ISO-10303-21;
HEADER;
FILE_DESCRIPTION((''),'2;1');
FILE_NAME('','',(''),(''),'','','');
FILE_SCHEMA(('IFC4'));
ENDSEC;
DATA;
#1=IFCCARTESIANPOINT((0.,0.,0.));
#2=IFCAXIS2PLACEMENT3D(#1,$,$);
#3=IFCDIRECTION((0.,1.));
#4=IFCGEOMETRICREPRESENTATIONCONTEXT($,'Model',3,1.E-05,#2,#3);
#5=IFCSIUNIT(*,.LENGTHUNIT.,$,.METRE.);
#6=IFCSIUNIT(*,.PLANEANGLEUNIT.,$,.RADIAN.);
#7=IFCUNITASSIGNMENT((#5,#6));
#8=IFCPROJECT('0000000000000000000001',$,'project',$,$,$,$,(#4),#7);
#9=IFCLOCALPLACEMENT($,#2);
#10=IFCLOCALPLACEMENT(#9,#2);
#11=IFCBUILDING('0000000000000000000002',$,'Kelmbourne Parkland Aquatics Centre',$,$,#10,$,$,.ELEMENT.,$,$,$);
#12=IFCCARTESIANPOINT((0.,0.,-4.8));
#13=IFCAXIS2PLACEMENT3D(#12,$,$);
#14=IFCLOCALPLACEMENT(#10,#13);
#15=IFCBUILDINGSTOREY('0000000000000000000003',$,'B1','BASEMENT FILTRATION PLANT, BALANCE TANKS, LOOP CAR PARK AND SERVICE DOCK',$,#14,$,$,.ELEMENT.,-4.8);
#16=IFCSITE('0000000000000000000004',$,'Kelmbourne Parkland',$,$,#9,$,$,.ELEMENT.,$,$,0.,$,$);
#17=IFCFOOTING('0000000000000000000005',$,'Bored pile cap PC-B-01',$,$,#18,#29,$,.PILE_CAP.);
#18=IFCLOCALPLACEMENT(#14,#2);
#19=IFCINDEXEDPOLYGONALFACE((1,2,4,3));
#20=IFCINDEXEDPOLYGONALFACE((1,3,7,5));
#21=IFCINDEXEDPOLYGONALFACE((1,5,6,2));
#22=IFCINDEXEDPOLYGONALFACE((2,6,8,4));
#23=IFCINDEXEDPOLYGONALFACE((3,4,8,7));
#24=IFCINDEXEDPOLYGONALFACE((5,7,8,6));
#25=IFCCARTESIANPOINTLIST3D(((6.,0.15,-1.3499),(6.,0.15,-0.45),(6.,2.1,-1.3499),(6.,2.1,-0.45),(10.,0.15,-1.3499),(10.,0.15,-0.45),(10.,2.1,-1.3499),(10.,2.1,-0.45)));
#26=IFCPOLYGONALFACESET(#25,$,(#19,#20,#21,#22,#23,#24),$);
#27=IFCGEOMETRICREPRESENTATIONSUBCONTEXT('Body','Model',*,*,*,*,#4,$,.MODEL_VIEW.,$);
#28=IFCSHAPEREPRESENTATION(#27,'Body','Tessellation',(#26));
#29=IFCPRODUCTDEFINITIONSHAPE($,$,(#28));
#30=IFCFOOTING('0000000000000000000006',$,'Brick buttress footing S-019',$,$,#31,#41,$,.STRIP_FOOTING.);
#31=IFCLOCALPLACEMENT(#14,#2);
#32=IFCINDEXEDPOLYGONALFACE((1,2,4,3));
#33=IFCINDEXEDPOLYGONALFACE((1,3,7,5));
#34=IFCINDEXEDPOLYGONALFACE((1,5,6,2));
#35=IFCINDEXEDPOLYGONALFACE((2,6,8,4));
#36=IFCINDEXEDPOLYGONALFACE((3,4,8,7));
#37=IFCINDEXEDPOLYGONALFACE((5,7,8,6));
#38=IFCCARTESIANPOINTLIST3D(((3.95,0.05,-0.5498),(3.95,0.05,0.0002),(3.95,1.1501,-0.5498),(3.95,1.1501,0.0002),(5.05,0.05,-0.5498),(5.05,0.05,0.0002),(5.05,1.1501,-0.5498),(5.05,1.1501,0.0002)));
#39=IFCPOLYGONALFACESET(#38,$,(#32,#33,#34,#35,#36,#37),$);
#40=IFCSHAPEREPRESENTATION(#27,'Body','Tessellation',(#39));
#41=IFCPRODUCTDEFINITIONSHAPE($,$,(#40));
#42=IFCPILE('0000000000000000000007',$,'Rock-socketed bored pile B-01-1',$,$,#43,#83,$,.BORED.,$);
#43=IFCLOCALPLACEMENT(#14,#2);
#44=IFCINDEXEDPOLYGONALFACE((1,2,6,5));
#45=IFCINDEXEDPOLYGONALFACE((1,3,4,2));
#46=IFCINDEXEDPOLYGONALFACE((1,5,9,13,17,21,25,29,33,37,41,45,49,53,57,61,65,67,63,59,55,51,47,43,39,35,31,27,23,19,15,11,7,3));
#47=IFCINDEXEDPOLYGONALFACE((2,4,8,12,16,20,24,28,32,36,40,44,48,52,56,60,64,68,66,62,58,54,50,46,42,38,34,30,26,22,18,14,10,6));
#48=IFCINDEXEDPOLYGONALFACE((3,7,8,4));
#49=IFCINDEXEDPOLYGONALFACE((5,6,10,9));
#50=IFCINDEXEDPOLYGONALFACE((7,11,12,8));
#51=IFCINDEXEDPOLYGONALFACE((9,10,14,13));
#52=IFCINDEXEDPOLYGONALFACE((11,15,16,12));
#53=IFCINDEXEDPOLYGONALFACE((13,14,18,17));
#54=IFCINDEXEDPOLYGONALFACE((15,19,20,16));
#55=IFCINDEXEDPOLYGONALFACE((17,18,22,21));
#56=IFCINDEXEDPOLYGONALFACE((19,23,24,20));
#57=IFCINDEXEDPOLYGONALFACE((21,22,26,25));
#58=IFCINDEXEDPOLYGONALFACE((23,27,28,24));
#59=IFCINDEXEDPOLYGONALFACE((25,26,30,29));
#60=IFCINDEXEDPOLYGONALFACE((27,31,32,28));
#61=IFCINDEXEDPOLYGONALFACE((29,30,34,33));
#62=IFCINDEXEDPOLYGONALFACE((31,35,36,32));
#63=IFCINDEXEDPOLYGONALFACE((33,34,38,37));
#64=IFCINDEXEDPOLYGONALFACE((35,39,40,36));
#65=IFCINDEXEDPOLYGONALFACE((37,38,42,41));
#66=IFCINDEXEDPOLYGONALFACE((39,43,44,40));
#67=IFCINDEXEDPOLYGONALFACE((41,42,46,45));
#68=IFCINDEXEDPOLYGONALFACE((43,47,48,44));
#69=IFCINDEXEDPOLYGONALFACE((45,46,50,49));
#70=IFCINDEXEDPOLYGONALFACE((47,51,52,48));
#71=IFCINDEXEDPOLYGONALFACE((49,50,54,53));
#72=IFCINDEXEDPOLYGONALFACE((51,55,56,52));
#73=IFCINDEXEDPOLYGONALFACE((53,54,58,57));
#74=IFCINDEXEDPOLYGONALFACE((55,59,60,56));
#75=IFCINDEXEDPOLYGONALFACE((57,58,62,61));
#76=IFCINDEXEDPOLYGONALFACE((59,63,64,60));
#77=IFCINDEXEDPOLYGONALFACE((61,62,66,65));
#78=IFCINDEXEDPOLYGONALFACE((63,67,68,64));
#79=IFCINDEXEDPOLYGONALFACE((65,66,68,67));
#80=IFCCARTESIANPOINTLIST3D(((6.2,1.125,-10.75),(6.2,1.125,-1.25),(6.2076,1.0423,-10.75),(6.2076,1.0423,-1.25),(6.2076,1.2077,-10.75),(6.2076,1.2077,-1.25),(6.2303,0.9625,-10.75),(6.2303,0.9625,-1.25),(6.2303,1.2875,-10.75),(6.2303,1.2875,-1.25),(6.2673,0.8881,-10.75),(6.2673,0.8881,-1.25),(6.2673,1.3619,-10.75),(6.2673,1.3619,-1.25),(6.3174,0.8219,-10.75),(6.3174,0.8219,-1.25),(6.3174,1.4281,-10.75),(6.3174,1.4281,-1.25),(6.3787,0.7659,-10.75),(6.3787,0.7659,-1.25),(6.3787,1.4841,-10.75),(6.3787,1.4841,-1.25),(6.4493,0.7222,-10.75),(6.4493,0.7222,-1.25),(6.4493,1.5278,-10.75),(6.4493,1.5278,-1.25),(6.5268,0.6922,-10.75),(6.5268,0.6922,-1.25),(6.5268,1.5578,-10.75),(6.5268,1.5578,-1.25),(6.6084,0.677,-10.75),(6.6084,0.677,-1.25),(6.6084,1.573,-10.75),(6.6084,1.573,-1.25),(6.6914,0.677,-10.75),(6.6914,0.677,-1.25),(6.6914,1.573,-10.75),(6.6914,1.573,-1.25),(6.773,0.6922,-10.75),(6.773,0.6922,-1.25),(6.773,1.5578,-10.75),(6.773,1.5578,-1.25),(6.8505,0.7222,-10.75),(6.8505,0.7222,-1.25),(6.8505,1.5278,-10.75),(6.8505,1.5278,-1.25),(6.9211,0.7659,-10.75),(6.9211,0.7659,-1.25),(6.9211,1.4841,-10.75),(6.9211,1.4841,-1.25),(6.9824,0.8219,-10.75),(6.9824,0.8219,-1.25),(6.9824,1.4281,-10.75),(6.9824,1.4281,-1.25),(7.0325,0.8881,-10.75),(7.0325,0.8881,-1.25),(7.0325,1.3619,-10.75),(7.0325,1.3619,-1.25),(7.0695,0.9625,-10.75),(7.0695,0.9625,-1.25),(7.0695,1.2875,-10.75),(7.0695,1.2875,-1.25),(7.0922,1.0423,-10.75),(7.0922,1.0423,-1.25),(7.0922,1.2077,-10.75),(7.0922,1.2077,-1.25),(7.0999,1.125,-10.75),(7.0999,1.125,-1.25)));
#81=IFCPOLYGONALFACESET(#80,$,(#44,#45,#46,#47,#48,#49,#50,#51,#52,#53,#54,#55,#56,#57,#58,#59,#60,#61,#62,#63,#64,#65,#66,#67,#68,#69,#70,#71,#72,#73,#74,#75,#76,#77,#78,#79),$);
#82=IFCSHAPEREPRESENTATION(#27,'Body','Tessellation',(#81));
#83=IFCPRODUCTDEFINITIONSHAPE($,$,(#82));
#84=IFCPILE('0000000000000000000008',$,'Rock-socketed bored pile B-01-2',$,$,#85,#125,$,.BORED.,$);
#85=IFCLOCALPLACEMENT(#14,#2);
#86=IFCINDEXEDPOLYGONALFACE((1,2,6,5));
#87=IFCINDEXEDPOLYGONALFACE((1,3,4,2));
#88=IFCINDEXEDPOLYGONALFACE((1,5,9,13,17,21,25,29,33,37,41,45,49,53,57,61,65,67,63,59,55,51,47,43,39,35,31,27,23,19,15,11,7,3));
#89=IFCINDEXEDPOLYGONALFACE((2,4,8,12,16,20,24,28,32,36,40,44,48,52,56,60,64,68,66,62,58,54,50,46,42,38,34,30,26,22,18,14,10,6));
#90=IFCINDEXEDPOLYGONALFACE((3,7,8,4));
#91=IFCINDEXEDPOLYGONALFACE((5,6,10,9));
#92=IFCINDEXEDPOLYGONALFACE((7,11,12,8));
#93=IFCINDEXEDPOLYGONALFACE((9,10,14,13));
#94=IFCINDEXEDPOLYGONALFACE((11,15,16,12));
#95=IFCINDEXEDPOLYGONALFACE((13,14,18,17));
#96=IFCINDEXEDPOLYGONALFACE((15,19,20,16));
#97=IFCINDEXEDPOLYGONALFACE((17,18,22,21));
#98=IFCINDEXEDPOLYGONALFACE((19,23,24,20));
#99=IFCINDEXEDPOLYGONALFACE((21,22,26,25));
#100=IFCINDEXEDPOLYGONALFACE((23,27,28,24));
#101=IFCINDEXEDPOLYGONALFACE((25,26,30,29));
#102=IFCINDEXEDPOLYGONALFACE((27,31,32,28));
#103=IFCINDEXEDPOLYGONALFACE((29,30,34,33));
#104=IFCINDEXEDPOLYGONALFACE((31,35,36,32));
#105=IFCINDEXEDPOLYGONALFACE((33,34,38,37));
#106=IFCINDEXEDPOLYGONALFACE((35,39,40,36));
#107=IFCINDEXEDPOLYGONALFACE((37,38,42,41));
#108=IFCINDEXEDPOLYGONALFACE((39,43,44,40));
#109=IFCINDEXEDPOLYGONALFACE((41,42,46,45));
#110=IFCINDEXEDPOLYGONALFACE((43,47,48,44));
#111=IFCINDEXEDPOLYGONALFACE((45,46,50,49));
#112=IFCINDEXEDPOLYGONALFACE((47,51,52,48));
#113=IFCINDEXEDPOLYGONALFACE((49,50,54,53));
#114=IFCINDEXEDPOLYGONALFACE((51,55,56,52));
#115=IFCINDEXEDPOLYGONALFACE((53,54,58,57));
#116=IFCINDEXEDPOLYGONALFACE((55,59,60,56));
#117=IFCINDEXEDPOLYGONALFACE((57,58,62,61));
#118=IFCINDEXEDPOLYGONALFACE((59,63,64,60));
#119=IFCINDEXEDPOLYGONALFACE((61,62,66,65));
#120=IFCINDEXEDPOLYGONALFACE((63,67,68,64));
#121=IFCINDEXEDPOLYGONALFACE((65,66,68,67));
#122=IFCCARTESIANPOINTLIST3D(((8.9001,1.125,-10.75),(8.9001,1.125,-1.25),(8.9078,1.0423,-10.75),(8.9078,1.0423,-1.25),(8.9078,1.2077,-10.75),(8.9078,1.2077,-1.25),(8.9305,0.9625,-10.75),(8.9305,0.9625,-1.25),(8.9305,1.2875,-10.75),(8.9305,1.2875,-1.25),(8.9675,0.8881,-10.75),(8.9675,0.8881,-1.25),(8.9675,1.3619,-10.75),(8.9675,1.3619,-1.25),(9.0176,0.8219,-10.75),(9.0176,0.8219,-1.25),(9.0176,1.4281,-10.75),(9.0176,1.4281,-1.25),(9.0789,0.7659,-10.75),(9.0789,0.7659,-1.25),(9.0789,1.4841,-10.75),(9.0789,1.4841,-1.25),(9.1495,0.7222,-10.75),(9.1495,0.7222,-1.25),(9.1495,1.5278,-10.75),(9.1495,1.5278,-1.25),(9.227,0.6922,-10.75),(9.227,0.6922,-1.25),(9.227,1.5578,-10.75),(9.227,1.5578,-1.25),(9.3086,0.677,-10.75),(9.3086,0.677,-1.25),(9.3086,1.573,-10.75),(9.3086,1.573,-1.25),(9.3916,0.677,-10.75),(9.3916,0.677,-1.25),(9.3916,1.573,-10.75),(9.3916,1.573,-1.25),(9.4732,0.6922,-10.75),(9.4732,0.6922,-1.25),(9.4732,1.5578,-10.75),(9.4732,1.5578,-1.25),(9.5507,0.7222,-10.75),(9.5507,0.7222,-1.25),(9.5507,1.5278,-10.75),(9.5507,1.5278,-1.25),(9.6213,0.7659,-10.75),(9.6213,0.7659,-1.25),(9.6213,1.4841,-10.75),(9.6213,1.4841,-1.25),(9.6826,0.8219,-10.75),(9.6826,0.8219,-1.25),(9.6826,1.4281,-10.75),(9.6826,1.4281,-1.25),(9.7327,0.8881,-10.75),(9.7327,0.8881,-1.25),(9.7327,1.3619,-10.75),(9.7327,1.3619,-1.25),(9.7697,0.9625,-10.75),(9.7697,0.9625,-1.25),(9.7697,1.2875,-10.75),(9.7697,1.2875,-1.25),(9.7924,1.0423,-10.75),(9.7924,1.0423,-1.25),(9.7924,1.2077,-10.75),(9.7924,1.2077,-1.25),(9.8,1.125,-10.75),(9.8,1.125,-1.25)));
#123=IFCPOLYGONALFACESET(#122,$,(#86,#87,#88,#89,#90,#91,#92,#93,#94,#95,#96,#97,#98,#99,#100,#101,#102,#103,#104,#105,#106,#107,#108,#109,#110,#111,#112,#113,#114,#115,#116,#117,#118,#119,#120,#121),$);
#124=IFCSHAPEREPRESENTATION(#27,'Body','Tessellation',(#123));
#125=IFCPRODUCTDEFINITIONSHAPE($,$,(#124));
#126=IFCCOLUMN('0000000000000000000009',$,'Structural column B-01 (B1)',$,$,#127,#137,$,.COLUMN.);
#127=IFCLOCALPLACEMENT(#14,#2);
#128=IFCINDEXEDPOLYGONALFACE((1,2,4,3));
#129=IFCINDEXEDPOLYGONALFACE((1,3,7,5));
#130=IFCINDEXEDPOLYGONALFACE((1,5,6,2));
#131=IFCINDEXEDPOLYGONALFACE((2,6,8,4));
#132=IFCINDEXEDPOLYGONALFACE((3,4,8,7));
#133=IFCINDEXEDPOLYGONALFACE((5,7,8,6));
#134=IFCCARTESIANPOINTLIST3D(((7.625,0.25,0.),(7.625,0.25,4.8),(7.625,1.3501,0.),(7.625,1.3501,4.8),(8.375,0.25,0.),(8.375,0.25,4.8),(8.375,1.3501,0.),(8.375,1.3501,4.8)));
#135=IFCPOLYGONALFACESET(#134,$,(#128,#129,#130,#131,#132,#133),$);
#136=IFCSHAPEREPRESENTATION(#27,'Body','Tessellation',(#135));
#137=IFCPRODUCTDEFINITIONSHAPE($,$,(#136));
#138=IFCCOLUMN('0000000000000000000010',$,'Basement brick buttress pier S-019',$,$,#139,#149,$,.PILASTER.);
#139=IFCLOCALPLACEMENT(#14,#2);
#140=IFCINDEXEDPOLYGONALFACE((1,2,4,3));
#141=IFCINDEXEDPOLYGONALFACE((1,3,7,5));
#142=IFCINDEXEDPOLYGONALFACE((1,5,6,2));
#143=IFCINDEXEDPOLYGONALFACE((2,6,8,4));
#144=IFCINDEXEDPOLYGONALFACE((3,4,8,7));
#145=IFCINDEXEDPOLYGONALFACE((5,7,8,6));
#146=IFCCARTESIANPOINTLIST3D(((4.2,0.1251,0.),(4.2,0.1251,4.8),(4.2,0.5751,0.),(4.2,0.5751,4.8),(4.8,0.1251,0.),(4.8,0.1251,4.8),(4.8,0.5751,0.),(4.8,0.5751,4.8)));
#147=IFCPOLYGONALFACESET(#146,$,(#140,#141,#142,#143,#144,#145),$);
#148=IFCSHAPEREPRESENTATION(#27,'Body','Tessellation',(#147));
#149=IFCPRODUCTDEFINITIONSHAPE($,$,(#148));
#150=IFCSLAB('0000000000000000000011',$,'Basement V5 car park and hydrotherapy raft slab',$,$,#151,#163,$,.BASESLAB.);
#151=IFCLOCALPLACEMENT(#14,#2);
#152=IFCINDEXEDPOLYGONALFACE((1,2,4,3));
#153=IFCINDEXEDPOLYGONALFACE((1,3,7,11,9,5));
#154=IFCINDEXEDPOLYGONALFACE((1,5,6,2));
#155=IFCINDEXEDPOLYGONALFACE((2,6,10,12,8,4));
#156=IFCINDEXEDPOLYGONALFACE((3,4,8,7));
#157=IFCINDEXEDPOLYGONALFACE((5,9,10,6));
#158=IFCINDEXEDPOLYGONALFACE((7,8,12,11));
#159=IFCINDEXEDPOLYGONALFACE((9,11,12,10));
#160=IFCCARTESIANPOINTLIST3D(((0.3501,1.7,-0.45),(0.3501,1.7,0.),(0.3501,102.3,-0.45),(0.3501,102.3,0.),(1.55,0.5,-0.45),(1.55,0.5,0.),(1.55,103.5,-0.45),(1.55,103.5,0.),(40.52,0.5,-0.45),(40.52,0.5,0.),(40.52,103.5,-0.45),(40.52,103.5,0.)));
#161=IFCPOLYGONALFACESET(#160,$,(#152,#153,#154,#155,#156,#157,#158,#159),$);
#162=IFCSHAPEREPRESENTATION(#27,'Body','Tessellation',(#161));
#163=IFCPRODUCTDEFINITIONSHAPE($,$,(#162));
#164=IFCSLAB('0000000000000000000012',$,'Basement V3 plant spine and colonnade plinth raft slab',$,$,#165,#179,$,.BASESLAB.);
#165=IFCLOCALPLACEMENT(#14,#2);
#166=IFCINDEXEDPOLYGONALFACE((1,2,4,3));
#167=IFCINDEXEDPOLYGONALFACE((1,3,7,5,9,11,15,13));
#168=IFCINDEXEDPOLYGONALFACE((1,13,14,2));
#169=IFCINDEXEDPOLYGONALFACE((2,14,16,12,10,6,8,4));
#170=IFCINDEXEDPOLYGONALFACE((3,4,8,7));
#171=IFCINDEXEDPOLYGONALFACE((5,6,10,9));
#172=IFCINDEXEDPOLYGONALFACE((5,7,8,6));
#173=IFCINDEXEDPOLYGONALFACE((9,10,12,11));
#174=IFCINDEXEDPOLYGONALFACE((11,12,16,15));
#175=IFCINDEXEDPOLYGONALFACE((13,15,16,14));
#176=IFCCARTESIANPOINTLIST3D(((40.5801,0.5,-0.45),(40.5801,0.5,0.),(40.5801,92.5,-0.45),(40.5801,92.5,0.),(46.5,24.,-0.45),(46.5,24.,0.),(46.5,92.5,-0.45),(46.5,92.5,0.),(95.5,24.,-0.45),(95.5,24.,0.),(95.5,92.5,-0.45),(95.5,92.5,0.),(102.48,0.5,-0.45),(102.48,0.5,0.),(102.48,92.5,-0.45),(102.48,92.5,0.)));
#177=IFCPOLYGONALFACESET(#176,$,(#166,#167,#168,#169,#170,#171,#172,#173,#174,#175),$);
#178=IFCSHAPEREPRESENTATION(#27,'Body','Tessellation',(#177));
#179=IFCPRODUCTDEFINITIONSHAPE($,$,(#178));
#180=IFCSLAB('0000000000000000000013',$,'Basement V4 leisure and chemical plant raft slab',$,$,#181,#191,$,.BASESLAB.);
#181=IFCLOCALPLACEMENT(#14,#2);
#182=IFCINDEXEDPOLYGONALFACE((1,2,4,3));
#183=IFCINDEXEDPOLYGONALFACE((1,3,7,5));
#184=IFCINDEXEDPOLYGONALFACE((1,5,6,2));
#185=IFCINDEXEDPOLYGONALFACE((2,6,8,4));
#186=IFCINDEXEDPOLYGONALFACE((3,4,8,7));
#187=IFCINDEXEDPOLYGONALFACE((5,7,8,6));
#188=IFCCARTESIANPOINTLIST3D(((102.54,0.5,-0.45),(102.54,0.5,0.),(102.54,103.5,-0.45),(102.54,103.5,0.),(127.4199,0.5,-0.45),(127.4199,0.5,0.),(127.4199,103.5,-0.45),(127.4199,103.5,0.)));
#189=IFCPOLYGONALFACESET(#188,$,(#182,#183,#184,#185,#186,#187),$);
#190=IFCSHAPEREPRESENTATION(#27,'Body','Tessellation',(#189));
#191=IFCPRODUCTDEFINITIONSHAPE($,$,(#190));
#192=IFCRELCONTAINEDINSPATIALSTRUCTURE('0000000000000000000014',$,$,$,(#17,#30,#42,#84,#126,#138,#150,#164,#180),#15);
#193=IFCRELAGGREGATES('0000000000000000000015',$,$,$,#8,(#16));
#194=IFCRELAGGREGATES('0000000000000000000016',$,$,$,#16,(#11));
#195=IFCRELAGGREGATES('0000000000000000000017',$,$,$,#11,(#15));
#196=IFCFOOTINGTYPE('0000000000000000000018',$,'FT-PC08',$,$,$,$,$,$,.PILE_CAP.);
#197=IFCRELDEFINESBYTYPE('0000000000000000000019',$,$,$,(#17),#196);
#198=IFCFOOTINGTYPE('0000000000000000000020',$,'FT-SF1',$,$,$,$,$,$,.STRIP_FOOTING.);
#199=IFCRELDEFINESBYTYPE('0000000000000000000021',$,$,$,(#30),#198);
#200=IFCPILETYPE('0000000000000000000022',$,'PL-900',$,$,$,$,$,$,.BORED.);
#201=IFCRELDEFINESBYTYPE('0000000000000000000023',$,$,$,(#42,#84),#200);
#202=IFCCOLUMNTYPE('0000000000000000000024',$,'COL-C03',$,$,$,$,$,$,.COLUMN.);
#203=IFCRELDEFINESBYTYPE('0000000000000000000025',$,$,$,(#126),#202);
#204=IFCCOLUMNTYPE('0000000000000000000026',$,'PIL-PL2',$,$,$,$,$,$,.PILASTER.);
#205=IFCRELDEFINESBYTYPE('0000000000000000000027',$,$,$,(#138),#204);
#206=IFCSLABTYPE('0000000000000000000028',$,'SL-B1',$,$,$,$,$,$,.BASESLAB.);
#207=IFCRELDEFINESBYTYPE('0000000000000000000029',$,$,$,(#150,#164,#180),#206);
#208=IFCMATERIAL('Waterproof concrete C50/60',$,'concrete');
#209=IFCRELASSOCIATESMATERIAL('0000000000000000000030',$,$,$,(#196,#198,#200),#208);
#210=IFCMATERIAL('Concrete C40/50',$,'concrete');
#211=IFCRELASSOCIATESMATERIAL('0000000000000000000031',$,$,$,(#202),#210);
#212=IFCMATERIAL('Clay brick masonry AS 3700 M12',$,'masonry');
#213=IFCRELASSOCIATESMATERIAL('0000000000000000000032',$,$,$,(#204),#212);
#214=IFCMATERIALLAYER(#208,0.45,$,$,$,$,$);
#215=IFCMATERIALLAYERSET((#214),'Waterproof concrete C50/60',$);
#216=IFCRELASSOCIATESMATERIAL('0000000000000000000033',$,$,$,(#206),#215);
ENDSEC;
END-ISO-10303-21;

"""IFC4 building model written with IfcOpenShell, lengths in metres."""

from ifc_helpers import new_model, si_unit, direction, frame, origin, origin_2d, place, context, subcontext, project, spatial, polyline, rectangle, circle, outline, extrude, material, layer, layer_set, material_profile, profile_set, type_object, element, save


model = new_model("IFC4")

# Units and contexts
model_context = context("Model", 3, precision=1e-05, world=origin(), true_north=direction((0.0, 1.0)))
body_context = subcontext(model_context, "Body", "Model", "MODEL_VIEW")
ifc_project = project(units=[si_unit("LENGTHUNIT", "METRE"), si_unit("PLANEANGLEUNIT", "RADIAN")], contexts=[model_context])

# Site, building, storey
site_placement = place(None, origin())
site = spatial("IfcSite", under=ifc_project, at=site_placement, Name="Kelmbourne Parkland", CompositionType="ELEMENT", RefElevation=0.0)
building_placement = place(site_placement, origin())
building = spatial("IfcBuilding", under=site, at=building_placement, Name="Kelmbourne Parkland Aquatics Centre", CompositionType="ELEMENT")
storey_placement = place(building_placement, frame((0.0, 0.0, -4.8)))
storey = spatial("IfcBuildingStorey", under=building, at=storey_placement, Name="B1", Description="BASEMENT FILTRATION PLANT, BALANCE TANKS, LOOP CAR PARK AND SERVICE DOCK", CompositionType="ELEMENT", Elevation=-4.8)

# Footings
ifc_material_1 = material(Name="Waterproof concrete C50/60", Category="concrete")
footing_type_1 = type_object("IfcFootingType", Name="FT-PC08", PredefinedType="PILE_CAP", material=ifc_material_1)
footing_1_placement = place(storey_placement, frame((8.0, 1.125, -1.3499), z_axis=(0.0, 0.0, 1.0), x_axis=(1.0, 0.0, 0.0)))
element("IfcFooting", 1, at=footing_1_placement, inside=storey, type_object=footing_type_1, Name="Bored pile cap PC-B-01", PredefinedType="PILE_CAP", context=body_context, shape_type="SweptSolid", body=[
    extrude(rectangle(XDim=4.0, YDim=1.95, at=origin_2d()), origin(), (0.0, 0.0, 1.0), 0.8999),
])
footing_type_2 = type_object("IfcFootingType", Name="FT-SF1", PredefinedType="STRIP_FOOTING", material=ifc_material_1)
footing_2_placement = place(storey_placement, frame((4.5, 0.6001, -0.5498), z_axis=(0.0, 0.0, 1.0), x_axis=(1.0, 0.0, 0.0)))
element("IfcFooting", 2, at=footing_2_placement, inside=storey, type_object=footing_type_2, Name="Brick buttress footing S-019", PredefinedType="STRIP_FOOTING", context=body_context, shape_type="SweptSolid", body=[
    extrude(rectangle(XDim=1.1001, YDim=1.1001, at=origin_2d()), origin(), (0.0, 0.0, 1.0), 0.55),
])

# Piles
ifc_material_profile_1 = material_profile(ifc_material_1, circle(Radius=0.45, at=origin_2d()), Name="PILE D900")
ifc_profile_set_1 = profile_set([ifc_material_profile_1], Name="Waterproof concrete C50/60")
pile_type = type_object("IfcPileType", Name="PL-900", PredefinedType="BORED", material=ifc_profile_set_1)
for number, where, z_axis, x_axis, name in (
    (3, (6.6499, 1.125, -1.25), (0.0, 0.0, -1.0), (1.0, 0.0, 0.0), "Rock-socketed bored pile B-01-1"),
    (4, (9.3501, 1.125, -1.25), (0.0, 0.0, -1.0), (1.0, 0.0, 0.0), "Rock-socketed bored pile B-01-2"),
):
    element("IfcPile", number, at=place(storey_placement, frame(where, z_axis=z_axis, x_axis=x_axis)), inside=storey, type_object=pile_type, Name=name, PredefinedType="BORED", context=body_context, shape_type="SweptSolid", body=[
        extrude(circle(Radius=0.45, at=origin_2d()), origin(), (0.0, 0.0, 1.0), 9.5),
    ])

# Columns
ifc_material_2 = material(Name="Concrete C40/50", Category="concrete")
ifc_material_profile_2 = material_profile(ifc_material_2, rectangle(XDim=0.75, YDim=1.1001, at=origin_2d()), Name="RC 750x1100")
ifc_profile_set_2 = profile_set([ifc_material_profile_2], Name="Concrete C40/50")
column_type_1 = type_object("IfcColumnType", Name="COL-C03", PredefinedType="COLUMN", material=ifc_profile_set_2)
column_1_placement = place(storey_placement, frame((8.0, 0.8, 0.0), z_axis=(0.0, 0.0, 1.0), x_axis=(1.0, 0.0, 0.0)))
element("IfcColumn", 5, at=column_1_placement, inside=storey, type_object=column_type_1, Name="Structural column B-01 (B1)", PredefinedType="COLUMN", context=body_context, shape_type="SweptSolid", body=[
    extrude(rectangle(XDim=0.75, YDim=1.1001, at=origin_2d()), origin(), (0.0, 0.0, 1.0), 4.8),
])
ifc_material_3 = material(Name="Clay brick masonry AS 3700 M12", Category="masonry")
ifc_material_profile_3 = material_profile(ifc_material_3, rectangle(XDim=0.45, YDim=0.6001, at=origin_2d()), Name="PIL 450x600")
ifc_profile_set_3 = profile_set([ifc_material_profile_3], Name="Clay brick masonry AS 3700 M12")
column_type_2 = type_object("IfcColumnType", Name="PIL-PL2", PredefinedType="PILASTER", material=ifc_profile_set_3)
column_2_placement = place(storey_placement, frame((4.5, 0.3501, 0.0), z_axis=(0.0, 0.0, 1.0), x_axis=(0.0, 1.0, 0.0)))
element("IfcColumn", 6, at=column_2_placement, inside=storey, type_object=column_type_2, Name="Basement brick buttress pier S-019", PredefinedType="PILASTER", context=body_context, shape_type="SweptSolid", body=[
    extrude(rectangle(XDim=0.45, YDim=0.6001, at=origin_2d()), origin(), (0.0, 0.0, 1.0), 4.8),
])

# Slabs
ifc_layer_1 = layer(ifc_material_1, 0.45)
ifc_layer_set_1 = layer_set([ifc_layer_1], Name="Waterproof concrete C50/60")
slab_type_1 = type_object("IfcSlabType", Name="SL-B1", PredefinedType="BASESLAB", material=ifc_layer_set_1)
slab_1_placement = place(storey_placement, frame((0.0, 0.0, -0.45)))
element("IfcSlab", 7, at=slab_1_placement, inside=storey, type_object=slab_type_1, Name="Basement V5 car park and hydrotherapy raft slab", PredefinedType="BASESLAB", context=body_context, shape_type="SweptSolid", body=[
    extrude(outline(polyline([(40.52, 103.5), (1.55, 103.5), (0.3501, 102.3), (0.3501, 1.7), (1.55, 0.5), (40.52, 0.5), (40.52, 103.5)])), origin(), (0.0, 0.0, 1.0), 0.45),
])
slab_2_placement = place(storey_placement, frame((0.0, 0.0, -0.45)))
element("IfcSlab", 8, at=slab_2_placement, inside=storey, type_object=slab_type_1, Name="Basement V3 plant spine and colonnade plinth raft slab", PredefinedType="BASESLAB", context=body_context, shape_type="SweptSolid", body=[
    extrude(outline(polyline([(102.48, 0.5), (102.48, 92.5), (95.5, 92.5), (95.5, 24.0), (46.5, 24.0), (46.5, 92.5), (40.5801, 92.5), (40.5801, 0.5), (102.48, 0.5)])), origin(), (0.0, 0.0, 1.0), 0.45),
])
slab_3_placement = place(storey_placement, frame((0.0, 0.0, -0.45)))
element("IfcSlab", 9, at=slab_3_placement, inside=storey, type_object=slab_type_1, Name="Basement V4 leisure and chemical plant raft slab", PredefinedType="BASESLAB", context=body_context, shape_type="SweptSolid", body=[
    extrude(outline(polyline([(127.4199, 0.5), (127.4199, 103.5), (102.54, 103.5), (102.54, 0.5), (127.4199, 0.5)])), origin(), (0.0, 0.0, 1.0), 0.45),
])

save(model, "model.ifc")
